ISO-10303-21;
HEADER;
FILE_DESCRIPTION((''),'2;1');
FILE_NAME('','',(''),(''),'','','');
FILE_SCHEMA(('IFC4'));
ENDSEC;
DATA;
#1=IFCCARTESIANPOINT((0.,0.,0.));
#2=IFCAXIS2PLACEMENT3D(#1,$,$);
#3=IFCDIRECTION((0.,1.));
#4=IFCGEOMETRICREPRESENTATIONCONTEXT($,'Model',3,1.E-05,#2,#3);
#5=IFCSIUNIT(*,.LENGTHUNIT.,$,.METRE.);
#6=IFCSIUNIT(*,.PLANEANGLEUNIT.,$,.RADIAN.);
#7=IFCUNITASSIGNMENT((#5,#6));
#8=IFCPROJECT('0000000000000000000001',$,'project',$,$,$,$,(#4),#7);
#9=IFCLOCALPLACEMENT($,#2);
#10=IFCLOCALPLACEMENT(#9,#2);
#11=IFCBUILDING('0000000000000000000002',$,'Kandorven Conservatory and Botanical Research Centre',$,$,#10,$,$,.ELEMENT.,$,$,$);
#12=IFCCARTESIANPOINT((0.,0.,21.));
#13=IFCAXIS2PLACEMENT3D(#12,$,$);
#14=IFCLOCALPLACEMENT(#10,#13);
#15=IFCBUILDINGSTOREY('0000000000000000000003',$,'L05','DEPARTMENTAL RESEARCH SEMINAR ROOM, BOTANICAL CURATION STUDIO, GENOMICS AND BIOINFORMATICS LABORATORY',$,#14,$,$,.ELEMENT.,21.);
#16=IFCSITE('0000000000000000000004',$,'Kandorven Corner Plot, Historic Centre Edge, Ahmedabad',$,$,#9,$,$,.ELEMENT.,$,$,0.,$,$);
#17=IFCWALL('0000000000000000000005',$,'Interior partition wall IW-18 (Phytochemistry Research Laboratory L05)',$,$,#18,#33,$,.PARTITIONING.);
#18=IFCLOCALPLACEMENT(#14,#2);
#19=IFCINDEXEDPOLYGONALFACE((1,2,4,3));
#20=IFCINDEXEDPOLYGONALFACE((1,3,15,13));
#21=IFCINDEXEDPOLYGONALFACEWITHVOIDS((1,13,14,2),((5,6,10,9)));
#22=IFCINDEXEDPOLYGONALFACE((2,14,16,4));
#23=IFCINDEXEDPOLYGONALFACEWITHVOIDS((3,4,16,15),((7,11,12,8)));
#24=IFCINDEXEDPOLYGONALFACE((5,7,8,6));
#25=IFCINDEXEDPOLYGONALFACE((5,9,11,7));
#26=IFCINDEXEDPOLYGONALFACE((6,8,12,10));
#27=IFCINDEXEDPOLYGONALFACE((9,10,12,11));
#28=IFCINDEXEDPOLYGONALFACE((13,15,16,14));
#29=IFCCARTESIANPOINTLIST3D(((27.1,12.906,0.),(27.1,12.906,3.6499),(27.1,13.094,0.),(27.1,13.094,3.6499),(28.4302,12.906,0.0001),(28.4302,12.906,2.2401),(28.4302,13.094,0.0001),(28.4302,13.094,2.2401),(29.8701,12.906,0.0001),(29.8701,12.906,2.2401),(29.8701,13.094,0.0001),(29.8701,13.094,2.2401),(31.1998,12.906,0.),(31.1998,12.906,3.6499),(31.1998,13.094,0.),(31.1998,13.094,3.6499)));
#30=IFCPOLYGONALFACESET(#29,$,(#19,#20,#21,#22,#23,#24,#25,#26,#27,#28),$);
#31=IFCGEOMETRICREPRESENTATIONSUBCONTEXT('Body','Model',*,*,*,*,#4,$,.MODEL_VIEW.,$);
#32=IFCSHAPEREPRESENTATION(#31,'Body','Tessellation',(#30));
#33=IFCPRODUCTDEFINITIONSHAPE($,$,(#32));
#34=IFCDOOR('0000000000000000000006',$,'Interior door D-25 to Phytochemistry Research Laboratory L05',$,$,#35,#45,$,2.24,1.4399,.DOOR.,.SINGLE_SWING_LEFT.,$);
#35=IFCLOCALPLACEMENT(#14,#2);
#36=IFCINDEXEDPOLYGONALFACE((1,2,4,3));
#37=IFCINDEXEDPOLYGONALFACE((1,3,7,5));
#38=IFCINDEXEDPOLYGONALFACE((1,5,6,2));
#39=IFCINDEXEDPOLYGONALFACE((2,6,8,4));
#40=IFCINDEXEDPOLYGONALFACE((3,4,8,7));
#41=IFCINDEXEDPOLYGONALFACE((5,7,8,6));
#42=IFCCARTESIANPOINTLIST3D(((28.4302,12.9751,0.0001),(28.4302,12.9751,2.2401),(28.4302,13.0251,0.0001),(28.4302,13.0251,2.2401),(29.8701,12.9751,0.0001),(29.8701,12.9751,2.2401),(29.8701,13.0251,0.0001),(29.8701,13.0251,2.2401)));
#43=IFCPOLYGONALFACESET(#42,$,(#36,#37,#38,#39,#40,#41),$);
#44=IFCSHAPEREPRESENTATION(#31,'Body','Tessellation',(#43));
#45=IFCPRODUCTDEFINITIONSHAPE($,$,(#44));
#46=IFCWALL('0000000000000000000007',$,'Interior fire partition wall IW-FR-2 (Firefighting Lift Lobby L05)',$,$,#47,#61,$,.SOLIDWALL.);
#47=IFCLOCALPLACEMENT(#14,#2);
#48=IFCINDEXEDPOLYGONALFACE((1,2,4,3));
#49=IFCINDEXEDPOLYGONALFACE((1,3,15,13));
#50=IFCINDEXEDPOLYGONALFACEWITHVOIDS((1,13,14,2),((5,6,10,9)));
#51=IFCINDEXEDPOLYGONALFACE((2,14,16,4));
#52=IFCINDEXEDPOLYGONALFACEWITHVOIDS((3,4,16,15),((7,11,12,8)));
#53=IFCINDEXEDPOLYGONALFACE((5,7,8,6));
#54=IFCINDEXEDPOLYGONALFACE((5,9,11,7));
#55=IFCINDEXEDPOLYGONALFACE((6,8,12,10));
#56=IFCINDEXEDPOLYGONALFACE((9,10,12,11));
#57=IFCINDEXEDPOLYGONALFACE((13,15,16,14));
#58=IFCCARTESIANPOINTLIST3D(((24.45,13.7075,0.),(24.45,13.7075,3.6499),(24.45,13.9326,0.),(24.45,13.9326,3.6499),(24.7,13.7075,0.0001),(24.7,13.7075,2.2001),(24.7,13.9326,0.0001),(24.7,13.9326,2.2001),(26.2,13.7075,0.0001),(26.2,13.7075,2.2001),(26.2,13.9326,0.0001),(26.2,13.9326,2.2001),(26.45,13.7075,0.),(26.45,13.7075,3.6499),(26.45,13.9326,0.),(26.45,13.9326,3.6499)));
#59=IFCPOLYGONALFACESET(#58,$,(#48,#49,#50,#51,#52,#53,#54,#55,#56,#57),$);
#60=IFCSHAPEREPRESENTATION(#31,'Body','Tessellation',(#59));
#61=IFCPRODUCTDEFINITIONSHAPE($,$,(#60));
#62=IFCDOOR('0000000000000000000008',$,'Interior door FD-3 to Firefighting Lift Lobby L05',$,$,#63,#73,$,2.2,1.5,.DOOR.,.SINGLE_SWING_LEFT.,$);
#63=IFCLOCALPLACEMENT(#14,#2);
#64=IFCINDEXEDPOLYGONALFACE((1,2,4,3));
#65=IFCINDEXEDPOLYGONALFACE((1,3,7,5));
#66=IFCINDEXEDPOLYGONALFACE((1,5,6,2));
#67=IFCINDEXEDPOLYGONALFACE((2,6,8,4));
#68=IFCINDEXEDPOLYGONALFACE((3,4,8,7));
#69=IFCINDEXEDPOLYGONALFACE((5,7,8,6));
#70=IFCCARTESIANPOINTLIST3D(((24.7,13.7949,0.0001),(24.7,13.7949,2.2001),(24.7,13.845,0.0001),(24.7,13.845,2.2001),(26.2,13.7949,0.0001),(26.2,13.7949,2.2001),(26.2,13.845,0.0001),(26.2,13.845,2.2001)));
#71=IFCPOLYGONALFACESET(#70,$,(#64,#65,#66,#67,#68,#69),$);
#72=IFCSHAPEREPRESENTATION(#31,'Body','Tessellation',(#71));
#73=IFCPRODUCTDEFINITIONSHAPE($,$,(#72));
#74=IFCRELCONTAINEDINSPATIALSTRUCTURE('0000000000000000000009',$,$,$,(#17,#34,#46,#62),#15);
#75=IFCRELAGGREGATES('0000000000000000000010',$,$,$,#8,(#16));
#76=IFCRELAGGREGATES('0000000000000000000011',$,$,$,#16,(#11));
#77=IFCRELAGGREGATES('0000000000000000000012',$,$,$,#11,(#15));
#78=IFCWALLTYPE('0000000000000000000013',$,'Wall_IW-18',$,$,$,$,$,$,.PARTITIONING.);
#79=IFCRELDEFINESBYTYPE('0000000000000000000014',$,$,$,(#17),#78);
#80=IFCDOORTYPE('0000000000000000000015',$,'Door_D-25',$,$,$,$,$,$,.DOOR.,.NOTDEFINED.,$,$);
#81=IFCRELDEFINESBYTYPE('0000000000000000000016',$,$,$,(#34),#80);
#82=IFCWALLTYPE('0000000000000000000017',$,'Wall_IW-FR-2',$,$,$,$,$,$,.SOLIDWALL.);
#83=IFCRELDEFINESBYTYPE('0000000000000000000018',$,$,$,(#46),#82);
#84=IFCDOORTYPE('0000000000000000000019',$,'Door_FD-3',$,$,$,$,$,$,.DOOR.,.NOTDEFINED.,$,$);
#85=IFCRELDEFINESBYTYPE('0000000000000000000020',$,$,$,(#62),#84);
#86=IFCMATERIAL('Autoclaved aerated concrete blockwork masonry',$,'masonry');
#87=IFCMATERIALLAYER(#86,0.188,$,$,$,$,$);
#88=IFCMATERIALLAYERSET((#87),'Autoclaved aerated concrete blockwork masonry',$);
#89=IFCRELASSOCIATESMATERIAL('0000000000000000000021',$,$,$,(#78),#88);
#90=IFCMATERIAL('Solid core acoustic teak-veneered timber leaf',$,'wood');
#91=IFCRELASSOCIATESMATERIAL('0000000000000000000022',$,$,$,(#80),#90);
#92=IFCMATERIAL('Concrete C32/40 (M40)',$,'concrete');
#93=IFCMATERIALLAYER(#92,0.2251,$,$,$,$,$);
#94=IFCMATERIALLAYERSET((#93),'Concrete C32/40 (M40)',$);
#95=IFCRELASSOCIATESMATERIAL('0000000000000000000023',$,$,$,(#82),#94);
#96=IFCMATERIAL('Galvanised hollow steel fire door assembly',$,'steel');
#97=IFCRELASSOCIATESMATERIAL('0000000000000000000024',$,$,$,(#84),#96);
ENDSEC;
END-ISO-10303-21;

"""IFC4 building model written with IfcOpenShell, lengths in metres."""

from ifc_helpers import new_model, si_unit, direction, frame, frame_2d, origin, place, context, subcontext, project, spatial, rectangle, extrude, material, layer, layer_set, type_object, element, fill, save


model = new_model("IFC4")

# Units and contexts
model_context = context("Model", 3, precision=1e-05, world=origin(), true_north=direction((0.0, 1.0)))
body_context = subcontext(model_context, "Body", "Model", "MODEL_VIEW")
ifc_project = project(units=[si_unit("LENGTHUNIT", "METRE"), si_unit("PLANEANGLEUNIT", "RADIAN")], contexts=[model_context])

# Site, building, storey
site_placement = place(None, origin())
site = spatial("IfcSite", under=ifc_project, at=site_placement, Name="Kandorven Corner Plot, Historic Centre Edge, Ahmedabad", CompositionType="ELEMENT", RefElevation=0.0)
building_placement = place(site_placement, origin())
building = spatial("IfcBuilding", under=site, at=building_placement, Name="Kandorven Conservatory and Botanical Research Centre", CompositionType="ELEMENT")
storey_placement = place(building_placement, frame((0.0, 0.0, 21.0)))
storey = spatial("IfcBuildingStorey", under=building, at=storey_placement, Name="L05", Description="DEPARTMENTAL RESEARCH SEMINAR ROOM, BOTANICAL CURATION STUDIO, GENOMICS AND BIOINFORMATICS LABORATORY", CompositionType="ELEMENT", Elevation=21.0)

# Walls, openings, doors
ifc_material_1 = material(Name="Autoclaved aerated concrete blockwork masonry", Category="masonry")
ifc_layer_1 = layer(ifc_material_1, 0.188)
ifc_layer_set_1 = layer_set([ifc_layer_1], Name="Autoclaved aerated concrete blockwork masonry")
wall_type_1 = type_object("IfcWallType", Name="Wall_IW-18", PredefinedType="PARTITIONING", material=ifc_layer_set_1)
wall_1_placement = place(storey_placement, frame((27.1001, 13.0, 0.0), z_axis=(0.0, 0.0, 1.0), x_axis=(1.0, 0.0, 0.0)))
wall_1 = element("IfcWall", 1, at=wall_1_placement, inside=storey, type_object=wall_type_1, Name="Interior partition wall IW-18 (Phytochemistry Research Laboratory L05)", PredefinedType="PARTITIONING", context=body_context, shape_type="SweptSolid", body=[
    extrude(rectangle(XDim=4.0999, YDim=0.188, at=frame_2d((2.0498, 0.0))), origin(), (0.0, 0.0, 1.0), 3.6499),
])
opening_1_placement = place(wall_1_placement, frame((1.3301, 0.0, 0.0)))
opening_1 = element("IfcOpeningElement", 2, at=opening_1_placement, cuts=wall_1, PredefinedType="OPENING", context=body_context, shape_type="SweptSolid", body=[
    extrude(rectangle(XDim=1.4399, YDim=2.24, at=frame_2d((0.72, 1.1201))), frame((0.0, 0.104, 0.0), z_axis=(0.0, -1.0, 0.0), x_axis=(1.0, 0.0, 0.0)), (0.0, 0.0, 1.0), 0.208),
])
ifc_material_2 = material(Name="Solid core acoustic teak-veneered timber leaf", Category="wood")
door_type_1 = type_object("IfcDoorType", Name="Door_D-25", OperationType="NOTDEFINED", PredefinedType="DOOR", material=ifc_material_2)
door_1_placement = place(opening_1_placement, frame((1.4399, 0.0, 0.0), z_axis=(0.0, 0.0, 1.0), x_axis=(-1.0, 0.0, 0.0)))
door_1 = element("IfcDoor", 3, at=door_1_placement, inside=storey, type_object=door_type_1, Name="Interior door D-25 to Phytochemistry Research Laboratory L05", OperationType="SINGLE_SWING_LEFT", OverallHeight=2.24, OverallWidth=1.4399, PredefinedType="DOOR", context=body_context, shape_type="SweptSolid", body=[
    extrude(rectangle(XDim=1.4399, YDim=2.24, at=frame_2d((0.72, 1.1201))), frame((0.0, 0.0249, 0.0), z_axis=(0.0, -1.0, 0.0), x_axis=(1.0, 0.0, 0.0)), (0.0, 0.0, 1.0), 0.05),
])
fill(opening_1, door_1)
ifc_material_3 = material(Name="Concrete C32/40 (M40)", Category="concrete")
ifc_layer_2 = layer(ifc_material_3, 0.2251)
ifc_layer_set_2 = layer_set([ifc_layer_2], Name="Concrete C32/40 (M40)")
wall_type_2 = type_object("IfcWallType", Name="Wall_IW-FR-2", PredefinedType="SOLIDWALL", material=ifc_layer_set_2)
wall_2_placement = place(storey_placement, frame((24.45, 13.8201, 0.0), z_axis=(0.0, 0.0, 1.0), x_axis=(1.0, 0.0, 0.0)))
wall_2 = element("IfcWall", 4, at=wall_2_placement, inside=storey, type_object=wall_type_2, Name="Interior fire partition wall IW-FR-2 (Firefighting Lift Lobby L05)", PredefinedType="SOLIDWALL", context=body_context, shape_type="SweptSolid", body=[
    extrude(rectangle(XDim=2.0, YDim=0.2251, at=frame_2d((1.0, 0.0))), origin(), (0.0, 0.0, 1.0), 3.6499),
])
opening_2_placement = place(wall_2_placement, frame((0.25, 0.0, 0.0)))
opening_2 = element("IfcOpeningElement", 5, at=opening_2_placement, cuts=wall_2, PredefinedType="OPENING", context=body_context, shape_type="SweptSolid", body=[
    extrude(rectangle(XDim=1.5, YDim=2.2, at=frame_2d((0.75, 1.1001))), frame((0.0, 0.1226, 0.0), z_axis=(0.0, -1.0, 0.0), x_axis=(1.0, 0.0, 0.0)), (0.0, 0.0, 1.0), 0.2451),
])
ifc_material_4 = material(Name="Galvanised hollow steel fire door assembly", Category="steel")
door_type_2 = type_object("IfcDoorType", Name="Door_FD-3", OperationType="NOTDEFINED", PredefinedType="DOOR", material=ifc_material_4)
door_2_placement = place(opening_2_placement, origin())
door_2 = element("IfcDoor", 6, at=door_2_placement, inside=storey, type_object=door_type_2, Name="Interior door FD-3 to Firefighting Lift Lobby L05", OperationType="SINGLE_SWING_LEFT", OverallHeight=2.2, OverallWidth=1.5, PredefinedType="DOOR", context=body_context, shape_type="SweptSolid", body=[
    extrude(rectangle(XDim=1.5, YDim=2.2, at=frame_2d((0.75, 1.1001))), frame((0.0, 0.0249, 0.0), z_axis=(0.0, -1.0, 0.0), x_axis=(1.0, 0.0, 0.0)), (0.0, 0.0, 1.0), 0.05),
])
fill(opening_2, door_2)

save(model, "model.ifc")
